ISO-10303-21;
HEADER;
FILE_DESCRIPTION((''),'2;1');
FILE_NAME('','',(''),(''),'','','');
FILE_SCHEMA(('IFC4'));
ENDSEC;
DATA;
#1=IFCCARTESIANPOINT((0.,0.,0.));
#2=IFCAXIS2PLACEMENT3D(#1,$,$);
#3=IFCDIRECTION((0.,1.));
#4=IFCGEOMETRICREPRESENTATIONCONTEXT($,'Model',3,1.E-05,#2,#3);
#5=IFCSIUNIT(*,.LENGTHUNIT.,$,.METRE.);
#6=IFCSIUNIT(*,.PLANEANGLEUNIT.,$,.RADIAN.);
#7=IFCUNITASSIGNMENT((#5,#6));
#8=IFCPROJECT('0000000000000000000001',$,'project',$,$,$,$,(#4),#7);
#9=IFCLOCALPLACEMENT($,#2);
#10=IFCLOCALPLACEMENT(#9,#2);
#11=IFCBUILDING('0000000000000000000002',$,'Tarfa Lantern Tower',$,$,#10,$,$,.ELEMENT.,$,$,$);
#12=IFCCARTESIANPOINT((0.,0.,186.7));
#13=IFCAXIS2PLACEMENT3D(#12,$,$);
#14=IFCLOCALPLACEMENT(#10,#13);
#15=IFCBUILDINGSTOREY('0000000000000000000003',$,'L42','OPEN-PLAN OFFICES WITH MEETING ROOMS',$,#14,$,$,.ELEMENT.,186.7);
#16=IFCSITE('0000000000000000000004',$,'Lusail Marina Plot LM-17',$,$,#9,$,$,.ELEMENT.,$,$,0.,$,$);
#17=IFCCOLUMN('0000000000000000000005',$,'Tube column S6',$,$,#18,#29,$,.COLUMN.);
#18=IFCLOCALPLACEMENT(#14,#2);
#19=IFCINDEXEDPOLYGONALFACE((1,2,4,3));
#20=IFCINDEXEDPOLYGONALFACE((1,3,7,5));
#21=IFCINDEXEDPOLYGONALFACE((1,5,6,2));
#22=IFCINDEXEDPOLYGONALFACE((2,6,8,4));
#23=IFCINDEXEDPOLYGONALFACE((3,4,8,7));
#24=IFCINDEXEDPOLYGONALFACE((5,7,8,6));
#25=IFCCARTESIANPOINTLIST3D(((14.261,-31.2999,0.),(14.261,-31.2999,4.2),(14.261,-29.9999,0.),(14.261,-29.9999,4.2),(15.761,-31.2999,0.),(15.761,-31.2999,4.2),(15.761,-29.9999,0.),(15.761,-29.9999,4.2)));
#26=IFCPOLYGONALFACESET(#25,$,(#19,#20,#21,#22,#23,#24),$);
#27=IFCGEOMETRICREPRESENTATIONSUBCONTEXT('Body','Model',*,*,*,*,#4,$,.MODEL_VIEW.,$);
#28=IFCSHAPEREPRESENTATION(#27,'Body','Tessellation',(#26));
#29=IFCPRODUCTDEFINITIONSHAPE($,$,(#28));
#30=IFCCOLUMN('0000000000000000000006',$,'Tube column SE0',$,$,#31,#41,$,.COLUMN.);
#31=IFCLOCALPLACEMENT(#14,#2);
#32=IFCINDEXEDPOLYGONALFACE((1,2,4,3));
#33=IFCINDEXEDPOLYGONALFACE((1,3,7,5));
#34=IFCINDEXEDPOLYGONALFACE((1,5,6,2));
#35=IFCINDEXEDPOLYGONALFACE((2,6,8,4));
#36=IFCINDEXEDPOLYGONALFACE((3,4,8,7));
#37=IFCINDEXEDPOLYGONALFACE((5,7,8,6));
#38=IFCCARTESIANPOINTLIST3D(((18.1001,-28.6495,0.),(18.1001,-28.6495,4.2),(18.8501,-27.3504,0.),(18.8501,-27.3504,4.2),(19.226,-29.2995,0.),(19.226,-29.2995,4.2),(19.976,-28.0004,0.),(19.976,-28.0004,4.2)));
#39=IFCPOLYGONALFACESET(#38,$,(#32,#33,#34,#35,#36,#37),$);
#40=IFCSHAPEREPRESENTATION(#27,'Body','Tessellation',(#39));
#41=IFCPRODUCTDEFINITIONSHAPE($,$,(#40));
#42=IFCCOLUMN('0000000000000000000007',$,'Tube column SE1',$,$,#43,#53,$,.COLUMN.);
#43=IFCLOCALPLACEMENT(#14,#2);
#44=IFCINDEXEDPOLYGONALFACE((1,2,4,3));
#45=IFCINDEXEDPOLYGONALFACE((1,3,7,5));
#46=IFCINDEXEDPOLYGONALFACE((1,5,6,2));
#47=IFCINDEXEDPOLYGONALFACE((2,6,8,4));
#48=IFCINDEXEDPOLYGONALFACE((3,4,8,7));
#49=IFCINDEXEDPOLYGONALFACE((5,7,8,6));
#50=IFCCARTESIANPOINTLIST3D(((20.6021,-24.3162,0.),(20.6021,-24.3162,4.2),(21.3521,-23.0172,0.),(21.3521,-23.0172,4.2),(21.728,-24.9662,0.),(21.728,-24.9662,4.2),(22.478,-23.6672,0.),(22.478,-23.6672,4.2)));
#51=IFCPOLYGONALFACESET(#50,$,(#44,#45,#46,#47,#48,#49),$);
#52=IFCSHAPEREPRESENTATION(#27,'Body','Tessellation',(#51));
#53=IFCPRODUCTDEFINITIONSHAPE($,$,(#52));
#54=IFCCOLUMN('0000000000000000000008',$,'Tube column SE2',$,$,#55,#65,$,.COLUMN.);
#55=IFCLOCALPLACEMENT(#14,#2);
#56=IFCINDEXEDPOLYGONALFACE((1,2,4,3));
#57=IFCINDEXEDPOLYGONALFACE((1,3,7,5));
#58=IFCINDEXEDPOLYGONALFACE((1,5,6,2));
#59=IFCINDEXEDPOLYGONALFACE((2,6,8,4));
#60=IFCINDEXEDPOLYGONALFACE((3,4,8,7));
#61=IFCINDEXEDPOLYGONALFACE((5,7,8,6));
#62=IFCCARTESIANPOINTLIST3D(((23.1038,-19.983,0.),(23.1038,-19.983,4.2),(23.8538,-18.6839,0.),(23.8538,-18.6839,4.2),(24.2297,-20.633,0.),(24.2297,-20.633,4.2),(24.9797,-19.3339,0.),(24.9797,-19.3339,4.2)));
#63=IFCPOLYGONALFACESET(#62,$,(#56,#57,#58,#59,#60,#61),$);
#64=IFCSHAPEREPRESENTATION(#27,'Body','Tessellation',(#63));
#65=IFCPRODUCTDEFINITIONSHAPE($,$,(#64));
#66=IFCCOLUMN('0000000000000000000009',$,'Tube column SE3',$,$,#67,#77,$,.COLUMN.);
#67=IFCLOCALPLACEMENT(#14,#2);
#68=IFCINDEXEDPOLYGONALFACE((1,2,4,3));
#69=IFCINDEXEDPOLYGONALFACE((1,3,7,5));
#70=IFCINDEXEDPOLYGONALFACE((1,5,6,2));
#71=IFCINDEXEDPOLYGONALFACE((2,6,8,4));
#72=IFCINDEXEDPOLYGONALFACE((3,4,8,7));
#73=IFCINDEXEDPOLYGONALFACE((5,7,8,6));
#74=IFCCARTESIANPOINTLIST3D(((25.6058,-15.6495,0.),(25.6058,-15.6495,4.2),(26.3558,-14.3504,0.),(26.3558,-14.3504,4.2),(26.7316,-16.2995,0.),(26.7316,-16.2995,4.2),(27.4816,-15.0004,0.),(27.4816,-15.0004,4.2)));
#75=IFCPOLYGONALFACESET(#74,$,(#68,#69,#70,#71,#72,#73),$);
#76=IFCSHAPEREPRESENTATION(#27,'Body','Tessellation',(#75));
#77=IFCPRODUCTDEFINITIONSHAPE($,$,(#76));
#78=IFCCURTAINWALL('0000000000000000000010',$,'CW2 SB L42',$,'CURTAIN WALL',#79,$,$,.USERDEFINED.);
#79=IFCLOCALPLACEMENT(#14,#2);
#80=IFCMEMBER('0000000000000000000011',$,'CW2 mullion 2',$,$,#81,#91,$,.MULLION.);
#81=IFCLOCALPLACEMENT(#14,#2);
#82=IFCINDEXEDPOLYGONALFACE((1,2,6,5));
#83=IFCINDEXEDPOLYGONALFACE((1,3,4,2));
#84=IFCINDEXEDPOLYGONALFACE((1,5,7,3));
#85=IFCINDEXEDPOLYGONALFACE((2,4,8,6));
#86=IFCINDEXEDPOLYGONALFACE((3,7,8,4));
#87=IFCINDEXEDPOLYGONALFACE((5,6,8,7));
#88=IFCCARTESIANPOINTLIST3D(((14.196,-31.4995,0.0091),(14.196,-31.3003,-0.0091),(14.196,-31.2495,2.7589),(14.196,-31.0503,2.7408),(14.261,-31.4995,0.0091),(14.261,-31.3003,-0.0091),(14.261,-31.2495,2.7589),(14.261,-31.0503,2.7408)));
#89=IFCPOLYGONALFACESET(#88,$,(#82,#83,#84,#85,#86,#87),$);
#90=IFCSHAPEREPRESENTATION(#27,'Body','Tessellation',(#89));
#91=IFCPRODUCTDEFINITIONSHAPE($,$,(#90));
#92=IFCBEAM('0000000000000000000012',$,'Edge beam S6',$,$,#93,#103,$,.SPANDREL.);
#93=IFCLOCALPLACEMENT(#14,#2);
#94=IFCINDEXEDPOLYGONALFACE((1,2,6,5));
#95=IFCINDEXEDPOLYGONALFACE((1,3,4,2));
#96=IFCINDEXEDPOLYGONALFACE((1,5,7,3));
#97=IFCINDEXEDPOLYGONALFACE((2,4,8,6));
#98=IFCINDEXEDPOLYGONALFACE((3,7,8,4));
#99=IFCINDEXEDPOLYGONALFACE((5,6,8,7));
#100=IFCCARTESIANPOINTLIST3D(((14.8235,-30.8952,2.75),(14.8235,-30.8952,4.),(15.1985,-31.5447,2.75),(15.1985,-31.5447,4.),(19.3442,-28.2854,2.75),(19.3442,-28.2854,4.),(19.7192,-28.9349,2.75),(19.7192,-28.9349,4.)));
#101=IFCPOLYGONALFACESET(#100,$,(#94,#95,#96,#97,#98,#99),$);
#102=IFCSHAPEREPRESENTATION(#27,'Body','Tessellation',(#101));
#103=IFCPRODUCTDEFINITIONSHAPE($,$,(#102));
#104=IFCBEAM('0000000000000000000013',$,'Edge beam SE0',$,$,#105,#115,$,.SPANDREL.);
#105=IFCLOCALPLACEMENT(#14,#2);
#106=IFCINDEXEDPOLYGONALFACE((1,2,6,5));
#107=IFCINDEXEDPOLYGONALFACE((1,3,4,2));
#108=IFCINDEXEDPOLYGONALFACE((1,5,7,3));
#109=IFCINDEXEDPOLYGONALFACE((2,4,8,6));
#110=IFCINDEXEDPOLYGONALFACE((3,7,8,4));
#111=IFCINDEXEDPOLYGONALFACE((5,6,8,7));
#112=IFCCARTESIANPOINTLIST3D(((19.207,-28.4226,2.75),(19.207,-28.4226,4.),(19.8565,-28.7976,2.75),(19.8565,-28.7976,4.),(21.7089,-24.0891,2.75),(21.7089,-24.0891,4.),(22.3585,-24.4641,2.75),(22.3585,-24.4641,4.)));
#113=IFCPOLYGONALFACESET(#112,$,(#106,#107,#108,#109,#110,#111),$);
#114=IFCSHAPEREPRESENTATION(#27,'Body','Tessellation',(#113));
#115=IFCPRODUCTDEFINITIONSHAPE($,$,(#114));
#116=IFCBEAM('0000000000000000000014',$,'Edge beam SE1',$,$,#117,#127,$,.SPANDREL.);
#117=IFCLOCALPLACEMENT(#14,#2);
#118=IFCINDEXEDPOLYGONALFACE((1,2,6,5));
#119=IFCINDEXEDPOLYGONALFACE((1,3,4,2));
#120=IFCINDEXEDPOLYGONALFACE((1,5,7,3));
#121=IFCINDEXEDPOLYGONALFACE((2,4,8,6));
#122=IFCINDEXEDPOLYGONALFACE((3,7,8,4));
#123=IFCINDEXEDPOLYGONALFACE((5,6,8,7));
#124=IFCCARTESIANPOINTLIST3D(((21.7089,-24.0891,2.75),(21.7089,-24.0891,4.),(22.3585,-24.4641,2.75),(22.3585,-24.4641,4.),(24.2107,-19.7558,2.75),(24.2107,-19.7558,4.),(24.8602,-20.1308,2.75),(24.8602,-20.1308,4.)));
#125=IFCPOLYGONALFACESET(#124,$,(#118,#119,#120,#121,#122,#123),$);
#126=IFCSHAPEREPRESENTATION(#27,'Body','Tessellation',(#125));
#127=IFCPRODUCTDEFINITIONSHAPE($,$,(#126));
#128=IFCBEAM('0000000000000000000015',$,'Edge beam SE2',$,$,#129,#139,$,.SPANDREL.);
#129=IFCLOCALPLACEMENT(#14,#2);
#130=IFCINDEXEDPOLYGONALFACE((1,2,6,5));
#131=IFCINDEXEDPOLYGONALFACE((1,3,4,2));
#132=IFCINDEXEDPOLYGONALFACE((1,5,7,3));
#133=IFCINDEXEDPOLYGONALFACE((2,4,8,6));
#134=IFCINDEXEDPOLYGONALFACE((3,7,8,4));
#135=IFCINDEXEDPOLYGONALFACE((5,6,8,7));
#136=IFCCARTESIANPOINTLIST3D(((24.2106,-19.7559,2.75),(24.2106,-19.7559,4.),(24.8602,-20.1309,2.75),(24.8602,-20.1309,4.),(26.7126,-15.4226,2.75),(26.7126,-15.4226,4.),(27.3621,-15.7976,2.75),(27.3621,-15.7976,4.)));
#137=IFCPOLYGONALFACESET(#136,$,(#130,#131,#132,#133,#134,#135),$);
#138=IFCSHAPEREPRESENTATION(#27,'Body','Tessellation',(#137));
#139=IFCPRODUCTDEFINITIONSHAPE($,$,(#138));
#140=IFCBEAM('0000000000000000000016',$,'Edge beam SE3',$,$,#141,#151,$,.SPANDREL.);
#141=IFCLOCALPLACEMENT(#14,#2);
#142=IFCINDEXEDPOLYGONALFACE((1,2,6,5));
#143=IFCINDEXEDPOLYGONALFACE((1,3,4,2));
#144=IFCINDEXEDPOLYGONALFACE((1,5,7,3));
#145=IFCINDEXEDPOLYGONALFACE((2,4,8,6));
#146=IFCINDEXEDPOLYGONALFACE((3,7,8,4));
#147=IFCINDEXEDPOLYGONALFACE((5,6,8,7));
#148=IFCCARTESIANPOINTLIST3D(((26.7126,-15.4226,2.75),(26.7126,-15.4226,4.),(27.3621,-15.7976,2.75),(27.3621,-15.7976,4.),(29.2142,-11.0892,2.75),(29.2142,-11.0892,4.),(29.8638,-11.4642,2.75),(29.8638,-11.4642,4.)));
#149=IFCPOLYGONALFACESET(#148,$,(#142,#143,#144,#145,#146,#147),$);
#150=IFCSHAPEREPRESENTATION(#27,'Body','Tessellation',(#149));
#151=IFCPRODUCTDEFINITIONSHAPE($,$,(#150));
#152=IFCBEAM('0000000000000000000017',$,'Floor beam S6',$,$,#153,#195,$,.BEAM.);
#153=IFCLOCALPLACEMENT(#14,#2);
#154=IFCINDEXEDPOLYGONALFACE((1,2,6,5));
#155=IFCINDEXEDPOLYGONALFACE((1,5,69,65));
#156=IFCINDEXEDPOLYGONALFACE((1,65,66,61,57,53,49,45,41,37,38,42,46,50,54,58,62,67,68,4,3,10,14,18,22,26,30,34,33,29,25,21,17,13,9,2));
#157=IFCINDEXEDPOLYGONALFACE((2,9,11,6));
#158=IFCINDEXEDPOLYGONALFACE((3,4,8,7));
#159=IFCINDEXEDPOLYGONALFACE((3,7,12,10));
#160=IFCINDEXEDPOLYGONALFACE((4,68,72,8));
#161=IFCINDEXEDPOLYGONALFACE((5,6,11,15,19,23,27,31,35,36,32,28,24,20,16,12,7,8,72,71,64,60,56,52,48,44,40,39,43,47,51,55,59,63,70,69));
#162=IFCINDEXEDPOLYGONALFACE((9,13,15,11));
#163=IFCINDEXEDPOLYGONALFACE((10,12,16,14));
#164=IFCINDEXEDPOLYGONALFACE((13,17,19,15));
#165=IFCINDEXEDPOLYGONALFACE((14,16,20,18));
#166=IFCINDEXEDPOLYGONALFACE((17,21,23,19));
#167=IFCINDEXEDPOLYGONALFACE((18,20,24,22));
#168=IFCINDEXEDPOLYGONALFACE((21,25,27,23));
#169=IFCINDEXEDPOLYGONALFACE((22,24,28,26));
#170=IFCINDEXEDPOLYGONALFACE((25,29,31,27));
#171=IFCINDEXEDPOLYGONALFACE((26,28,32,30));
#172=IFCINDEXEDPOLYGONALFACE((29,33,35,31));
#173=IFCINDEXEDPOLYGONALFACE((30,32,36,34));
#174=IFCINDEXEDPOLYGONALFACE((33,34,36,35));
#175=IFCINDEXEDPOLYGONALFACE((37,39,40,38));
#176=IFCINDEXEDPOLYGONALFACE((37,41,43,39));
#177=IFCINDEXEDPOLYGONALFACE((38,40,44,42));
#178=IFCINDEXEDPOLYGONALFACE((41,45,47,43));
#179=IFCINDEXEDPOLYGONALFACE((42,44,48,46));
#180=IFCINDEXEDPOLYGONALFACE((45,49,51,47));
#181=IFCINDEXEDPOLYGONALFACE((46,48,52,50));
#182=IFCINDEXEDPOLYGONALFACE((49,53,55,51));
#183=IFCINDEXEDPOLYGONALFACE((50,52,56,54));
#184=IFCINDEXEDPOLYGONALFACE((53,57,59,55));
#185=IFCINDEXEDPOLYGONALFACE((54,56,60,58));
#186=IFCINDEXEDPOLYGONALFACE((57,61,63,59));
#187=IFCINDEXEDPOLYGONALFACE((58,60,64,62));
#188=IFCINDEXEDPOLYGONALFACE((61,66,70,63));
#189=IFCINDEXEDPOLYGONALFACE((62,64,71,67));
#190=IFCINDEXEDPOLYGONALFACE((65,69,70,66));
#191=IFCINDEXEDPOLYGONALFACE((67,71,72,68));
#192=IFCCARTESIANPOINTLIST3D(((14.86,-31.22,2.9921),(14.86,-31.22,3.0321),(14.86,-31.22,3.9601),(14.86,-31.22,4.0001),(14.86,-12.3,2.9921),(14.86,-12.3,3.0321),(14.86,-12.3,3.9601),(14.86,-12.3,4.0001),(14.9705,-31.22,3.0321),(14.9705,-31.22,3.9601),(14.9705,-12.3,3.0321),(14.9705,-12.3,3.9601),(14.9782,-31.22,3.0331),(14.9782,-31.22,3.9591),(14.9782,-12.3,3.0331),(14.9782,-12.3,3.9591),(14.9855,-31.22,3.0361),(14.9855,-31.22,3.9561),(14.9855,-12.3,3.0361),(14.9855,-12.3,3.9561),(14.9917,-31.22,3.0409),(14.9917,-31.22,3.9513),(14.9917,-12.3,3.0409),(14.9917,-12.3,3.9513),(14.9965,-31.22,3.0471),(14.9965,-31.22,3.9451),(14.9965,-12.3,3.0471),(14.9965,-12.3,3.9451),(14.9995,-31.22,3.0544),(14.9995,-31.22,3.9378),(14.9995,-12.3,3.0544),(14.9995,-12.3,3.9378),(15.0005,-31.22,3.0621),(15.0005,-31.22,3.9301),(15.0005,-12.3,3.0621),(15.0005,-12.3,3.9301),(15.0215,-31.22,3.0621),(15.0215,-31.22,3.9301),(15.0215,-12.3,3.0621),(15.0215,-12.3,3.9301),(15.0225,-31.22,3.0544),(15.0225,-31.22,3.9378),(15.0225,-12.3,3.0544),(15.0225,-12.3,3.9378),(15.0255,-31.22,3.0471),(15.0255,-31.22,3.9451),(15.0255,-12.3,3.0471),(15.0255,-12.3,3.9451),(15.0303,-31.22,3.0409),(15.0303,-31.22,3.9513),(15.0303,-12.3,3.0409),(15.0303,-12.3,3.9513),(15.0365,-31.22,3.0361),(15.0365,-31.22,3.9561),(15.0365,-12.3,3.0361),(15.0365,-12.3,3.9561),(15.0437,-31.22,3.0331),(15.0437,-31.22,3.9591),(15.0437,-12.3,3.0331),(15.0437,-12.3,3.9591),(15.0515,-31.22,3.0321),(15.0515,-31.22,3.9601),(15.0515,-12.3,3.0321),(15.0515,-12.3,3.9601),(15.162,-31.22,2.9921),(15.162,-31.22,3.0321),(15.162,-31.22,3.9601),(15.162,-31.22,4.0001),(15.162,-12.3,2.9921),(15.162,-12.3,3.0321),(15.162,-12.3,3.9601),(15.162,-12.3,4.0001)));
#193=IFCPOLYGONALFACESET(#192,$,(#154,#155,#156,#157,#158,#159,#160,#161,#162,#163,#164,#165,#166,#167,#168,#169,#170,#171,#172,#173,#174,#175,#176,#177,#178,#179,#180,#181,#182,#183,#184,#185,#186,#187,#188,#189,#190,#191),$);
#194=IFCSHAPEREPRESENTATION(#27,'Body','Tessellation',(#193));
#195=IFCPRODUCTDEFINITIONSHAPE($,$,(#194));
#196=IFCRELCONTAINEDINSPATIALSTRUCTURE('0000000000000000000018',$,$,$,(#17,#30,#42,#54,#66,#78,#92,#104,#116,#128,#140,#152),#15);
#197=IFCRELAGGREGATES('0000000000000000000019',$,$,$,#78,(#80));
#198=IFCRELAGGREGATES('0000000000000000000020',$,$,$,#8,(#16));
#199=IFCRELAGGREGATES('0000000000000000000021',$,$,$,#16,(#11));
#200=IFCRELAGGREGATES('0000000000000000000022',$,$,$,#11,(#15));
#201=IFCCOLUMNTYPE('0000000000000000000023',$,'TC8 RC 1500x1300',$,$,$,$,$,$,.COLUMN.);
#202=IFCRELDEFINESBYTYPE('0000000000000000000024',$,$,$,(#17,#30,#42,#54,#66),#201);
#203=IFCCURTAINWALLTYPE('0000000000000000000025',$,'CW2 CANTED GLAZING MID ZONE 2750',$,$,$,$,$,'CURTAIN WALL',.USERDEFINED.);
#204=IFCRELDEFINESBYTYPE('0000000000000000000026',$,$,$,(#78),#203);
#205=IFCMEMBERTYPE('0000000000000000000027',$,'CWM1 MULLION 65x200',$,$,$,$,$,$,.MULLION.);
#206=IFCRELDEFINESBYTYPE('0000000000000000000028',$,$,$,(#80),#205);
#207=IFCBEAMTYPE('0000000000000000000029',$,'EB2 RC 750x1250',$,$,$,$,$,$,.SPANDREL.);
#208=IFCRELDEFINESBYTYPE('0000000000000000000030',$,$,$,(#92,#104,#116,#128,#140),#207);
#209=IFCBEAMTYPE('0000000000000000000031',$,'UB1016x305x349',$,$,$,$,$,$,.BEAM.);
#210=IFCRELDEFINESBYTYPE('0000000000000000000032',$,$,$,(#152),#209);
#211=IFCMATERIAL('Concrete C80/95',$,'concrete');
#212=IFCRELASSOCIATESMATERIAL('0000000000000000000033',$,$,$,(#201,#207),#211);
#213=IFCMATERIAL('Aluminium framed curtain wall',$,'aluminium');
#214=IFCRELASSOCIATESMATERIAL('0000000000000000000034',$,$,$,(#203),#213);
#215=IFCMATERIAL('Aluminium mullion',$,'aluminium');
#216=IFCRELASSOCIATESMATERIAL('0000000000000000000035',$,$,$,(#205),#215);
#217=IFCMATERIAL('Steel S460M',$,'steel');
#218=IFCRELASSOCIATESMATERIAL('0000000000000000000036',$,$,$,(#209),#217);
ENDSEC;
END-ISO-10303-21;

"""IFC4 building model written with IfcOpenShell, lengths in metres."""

from ifc_helpers import new_model, si_unit, direction, frame, origin, origin_2d, place, context, subcontext, project, spatial, rectangle, i_section, extrude, material, material_profile, profile_set, type_object, element, aggregate, save


model = new_model("IFC4")

# Units and contexts
model_context = context("Model", 3, precision=1e-05, world=origin(), true_north=direction((0.0, 1.0)))
body_context = subcontext(model_context, "Body", "Model", "MODEL_VIEW")
ifc_project = project(units=[si_unit("LENGTHUNIT", "METRE"), si_unit("PLANEANGLEUNIT", "RADIAN")], contexts=[model_context])

# Site, building, storey
site_placement = place(None, origin())
site = spatial("IfcSite", under=ifc_project, at=site_placement, Name="Lusail Marina Plot LM-17", CompositionType="ELEMENT", RefElevation=0.0)
building_placement = place(site_placement, origin())
building = spatial("IfcBuilding", under=site, at=building_placement, Name="Tarfa Lantern Tower", CompositionType="ELEMENT")
storey_placement = place(building_placement, frame((0.0, 0.0, 186.7)))
storey = spatial("IfcBuildingStorey", under=building, at=storey_placement, Name="L42", Description="OPEN-PLAN OFFICES WITH MEETING ROOMS", CompositionType="ELEMENT", Elevation=186.7)

# Columns
ifc_material_1 = material(Name="Concrete C80/95", Category="concrete")
ifc_material_profile_1 = material_profile(ifc_material_1, rectangle(XDim=1.5, YDim=1.3, at=origin_2d()), Name="RC 1500x1300")
ifc_profile_set_1 = profile_set([ifc_material_profile_1], Name="Concrete C80/95")
column_type = type_object("IfcColumnType", Name="TC8 RC 1500x1300", PredefinedType="COLUMN", material=ifc_profile_set_1)
for number, where, z_axis, x_axis, name in (
    (1, (15.011, -30.6499, 0.0), (0.0, 0.0, 1.0), (1.0, 0.0, 0.0), "Tube column S6"),
    (2, (19.0381, -28.325, 0.0), (0.0, 0.0, 1.0), (0.5, 0.866025, 0.0), "Tube column SE0"),
    (3, (21.54, -23.9917, 0.0), (0.0, 0.0, 1.0), (0.5, 0.866025, 0.0), "Tube column SE1"),
    (4, (24.0417, -19.6584, 0.0), (0.0, 0.0, 1.0), (0.5, 0.866025, 0.0), "Tube column SE2"),
    (5, (26.5437, -15.325, 0.0), (0.0, 0.0, 1.0), (0.5, 0.866025, 0.0), "Tube column SE3"),
):
    element("IfcColumn", number, at=place(storey_placement, frame(where, z_axis=z_axis, x_axis=x_axis)), inside=storey, type_object=column_type, Name=name, PredefinedType="COLUMN", context=body_context, shape_type="SweptSolid", body=[
        extrude(rectangle(XDim=1.5, YDim=1.3, at=origin_2d()), origin(), (0.0, 0.0, 1.0), 4.2),
    ])

# Curtain wall, member
ifc_material_2 = material(Name="Aluminium framed curtain wall", Category="aluminium")
curtain_wall_type = type_object("IfcCurtainWallType", Name="CW2 CANTED GLAZING MID ZONE 2750", ElementType="CURTAIN WALL", PredefinedType="USERDEFINED", material=ifc_material_2)
curtain_wall_placement = place(storey_placement, origin())
curtain_wall = element("IfcCurtainWall", 6, at=curtain_wall_placement, inside=storey, type_object=curtain_wall_type, Name="CW2 SB L42", ObjectType="CURTAIN WALL", PredefinedType="USERDEFINED")
ifc_material_3 = material(Name="Aluminium mullion", Category="aluminium")
ifc_material_profile_2 = material_profile(ifc_material_3, rectangle(XDim=0.0649, YDim=0.2, at=origin_2d()), Name="AL MULLION 65x200")
ifc_profile_set_2 = profile_set([ifc_material_profile_2], Name="Aluminium mullion")
member_type = type_object("IfcMemberType", Name="CWM1 MULLION 65x200", PredefinedType="MULLION", material=ifc_profile_set_2)
member_placement = place(storey_placement, frame((14.2285, -31.3999, 0.0), z_axis=(0.0, 0.090536, 0.995893), x_axis=(-1.0, 0.0, 0.0)))
member = element("IfcMember", 7, at=member_placement, type_object=member_type, Name="CW2 mullion 2", PredefinedType="MULLION", context=body_context, shape_type="SweptSolid", body=[
    extrude(rectangle(XDim=0.0649, YDim=0.2, at=origin_2d()), origin(), (0.0, 0.0, 1.0), 2.7612),
])
aggregate(curtain_wall, [member])

# Beams
ifc_material_profile_3 = material_profile(ifc_material_1, rectangle(XDim=0.75, YDim=1.25, at=origin_2d()), Name="RC 750x1250")
ifc_profile_set_3 = profile_set([ifc_material_profile_3], Name="Concrete C80/95")
beam_type_1 = type_object("IfcBeamType", Name="EB2 RC 750x1250", PredefinedType="SPANDREL", material=ifc_profile_set_3)
beam_1_placement = place(storey_placement, frame((15.011, -31.22, 3.375), z_axis=(0.866042, 0.499972, 0.0), x_axis=(-0.499972, 0.866042, 0.0)))
element("IfcBeam", 8, at=beam_1_placement, inside=storey, type_object=beam_type_1, Name="Edge beam S6", PredefinedType="SPANDREL", context=body_context, shape_type="SweptSolid", body=[
    extrude(rectangle(XDim=0.75, YDim=1.25, at=origin_2d()), origin(), (0.0, 0.0, 1.0), 5.22),
])
beam_2_placement = place(storey_placement, frame((19.5317, -28.6101, 3.375), z_axis=(0.500001, 0.866025, 0.0), x_axis=(-0.866025, 0.500001, 0.0)))
element("IfcBeam", 9, at=beam_2_placement, inside=storey, type_object=beam_type_1, Name="Edge beam SE0", PredefinedType="SPANDREL", context=body_context, shape_type="SweptSolid", body=[
    extrude(rectangle(XDim=0.75, YDim=1.25, at=origin_2d()), origin(), (0.0, 0.0, 1.0), 5.0039),
])
for number, where, z_axis, x_axis, name in (
    (10, (22.0337, -24.2766, 3.375), (0.499986, 0.866034, 0.0), (-0.866034, 0.499986, 0.0), "Edge beam SE1"),
    (11, (24.5354, -19.9434, 3.375), (0.500022, 0.866013, 0.0), (-0.866013, 0.500022, 0.0), "Edge beam SE2"),
    (12, (27.0374, -15.6101, 3.375), (0.499965, 0.866046, 0.0), (-0.866046, 0.499965, 0.0), "Edge beam SE3"),
):
    element("IfcBeam", number, at=place(storey_placement, frame(where, z_axis=z_axis, x_axis=x_axis)), inside=storey, type_object=beam_type_1, Name=name, PredefinedType="SPANDREL", context=body_context, shape_type="SweptSolid", body=[
        extrude(rectangle(XDim=0.75, YDim=1.25, at=origin_2d()), origin(), (0.0, 0.0, 1.0), 5.0037),
    ])
ifc_material_4 = material(Name="Steel S460M", Category="steel")
ifc_material_profile_4 = material_profile(ifc_material_4, i_section(OverallWidth=0.302, OverallDepth=1.0081, WebThickness=0.021, FlangeThickness=0.04, FilletRadius=0.03, at=origin_2d()), Name="UB1016x305x349")
ifc_profile_set_4 = profile_set([ifc_material_profile_4], Name="Steel S460M")
beam_type_2 = type_object("IfcBeamType", Name="UB1016x305x349", PredefinedType="BEAM", material=ifc_profile_set_4)
beam_3_placement = place(storey_placement, frame((15.011, -31.22, 3.4961), z_axis=(0.0, 1.0, 0.0), x_axis=(-1.0, 0.0, 0.0)))
element("IfcBeam", 13, at=beam_3_placement, inside=storey, type_object=beam_type_2, Name="Floor beam S6", PredefinedType="BEAM", context=body_context, shape_type="SweptSolid", body=[
    extrude(i_section(OverallWidth=0.302, OverallDepth=1.0081, WebThickness=0.021, FlangeThickness=0.04, FilletRadius=0.03, at=origin_2d()), origin(), (0.0, 0.0, 1.0), 18.9199),
])

save(model, "model.ifc")
